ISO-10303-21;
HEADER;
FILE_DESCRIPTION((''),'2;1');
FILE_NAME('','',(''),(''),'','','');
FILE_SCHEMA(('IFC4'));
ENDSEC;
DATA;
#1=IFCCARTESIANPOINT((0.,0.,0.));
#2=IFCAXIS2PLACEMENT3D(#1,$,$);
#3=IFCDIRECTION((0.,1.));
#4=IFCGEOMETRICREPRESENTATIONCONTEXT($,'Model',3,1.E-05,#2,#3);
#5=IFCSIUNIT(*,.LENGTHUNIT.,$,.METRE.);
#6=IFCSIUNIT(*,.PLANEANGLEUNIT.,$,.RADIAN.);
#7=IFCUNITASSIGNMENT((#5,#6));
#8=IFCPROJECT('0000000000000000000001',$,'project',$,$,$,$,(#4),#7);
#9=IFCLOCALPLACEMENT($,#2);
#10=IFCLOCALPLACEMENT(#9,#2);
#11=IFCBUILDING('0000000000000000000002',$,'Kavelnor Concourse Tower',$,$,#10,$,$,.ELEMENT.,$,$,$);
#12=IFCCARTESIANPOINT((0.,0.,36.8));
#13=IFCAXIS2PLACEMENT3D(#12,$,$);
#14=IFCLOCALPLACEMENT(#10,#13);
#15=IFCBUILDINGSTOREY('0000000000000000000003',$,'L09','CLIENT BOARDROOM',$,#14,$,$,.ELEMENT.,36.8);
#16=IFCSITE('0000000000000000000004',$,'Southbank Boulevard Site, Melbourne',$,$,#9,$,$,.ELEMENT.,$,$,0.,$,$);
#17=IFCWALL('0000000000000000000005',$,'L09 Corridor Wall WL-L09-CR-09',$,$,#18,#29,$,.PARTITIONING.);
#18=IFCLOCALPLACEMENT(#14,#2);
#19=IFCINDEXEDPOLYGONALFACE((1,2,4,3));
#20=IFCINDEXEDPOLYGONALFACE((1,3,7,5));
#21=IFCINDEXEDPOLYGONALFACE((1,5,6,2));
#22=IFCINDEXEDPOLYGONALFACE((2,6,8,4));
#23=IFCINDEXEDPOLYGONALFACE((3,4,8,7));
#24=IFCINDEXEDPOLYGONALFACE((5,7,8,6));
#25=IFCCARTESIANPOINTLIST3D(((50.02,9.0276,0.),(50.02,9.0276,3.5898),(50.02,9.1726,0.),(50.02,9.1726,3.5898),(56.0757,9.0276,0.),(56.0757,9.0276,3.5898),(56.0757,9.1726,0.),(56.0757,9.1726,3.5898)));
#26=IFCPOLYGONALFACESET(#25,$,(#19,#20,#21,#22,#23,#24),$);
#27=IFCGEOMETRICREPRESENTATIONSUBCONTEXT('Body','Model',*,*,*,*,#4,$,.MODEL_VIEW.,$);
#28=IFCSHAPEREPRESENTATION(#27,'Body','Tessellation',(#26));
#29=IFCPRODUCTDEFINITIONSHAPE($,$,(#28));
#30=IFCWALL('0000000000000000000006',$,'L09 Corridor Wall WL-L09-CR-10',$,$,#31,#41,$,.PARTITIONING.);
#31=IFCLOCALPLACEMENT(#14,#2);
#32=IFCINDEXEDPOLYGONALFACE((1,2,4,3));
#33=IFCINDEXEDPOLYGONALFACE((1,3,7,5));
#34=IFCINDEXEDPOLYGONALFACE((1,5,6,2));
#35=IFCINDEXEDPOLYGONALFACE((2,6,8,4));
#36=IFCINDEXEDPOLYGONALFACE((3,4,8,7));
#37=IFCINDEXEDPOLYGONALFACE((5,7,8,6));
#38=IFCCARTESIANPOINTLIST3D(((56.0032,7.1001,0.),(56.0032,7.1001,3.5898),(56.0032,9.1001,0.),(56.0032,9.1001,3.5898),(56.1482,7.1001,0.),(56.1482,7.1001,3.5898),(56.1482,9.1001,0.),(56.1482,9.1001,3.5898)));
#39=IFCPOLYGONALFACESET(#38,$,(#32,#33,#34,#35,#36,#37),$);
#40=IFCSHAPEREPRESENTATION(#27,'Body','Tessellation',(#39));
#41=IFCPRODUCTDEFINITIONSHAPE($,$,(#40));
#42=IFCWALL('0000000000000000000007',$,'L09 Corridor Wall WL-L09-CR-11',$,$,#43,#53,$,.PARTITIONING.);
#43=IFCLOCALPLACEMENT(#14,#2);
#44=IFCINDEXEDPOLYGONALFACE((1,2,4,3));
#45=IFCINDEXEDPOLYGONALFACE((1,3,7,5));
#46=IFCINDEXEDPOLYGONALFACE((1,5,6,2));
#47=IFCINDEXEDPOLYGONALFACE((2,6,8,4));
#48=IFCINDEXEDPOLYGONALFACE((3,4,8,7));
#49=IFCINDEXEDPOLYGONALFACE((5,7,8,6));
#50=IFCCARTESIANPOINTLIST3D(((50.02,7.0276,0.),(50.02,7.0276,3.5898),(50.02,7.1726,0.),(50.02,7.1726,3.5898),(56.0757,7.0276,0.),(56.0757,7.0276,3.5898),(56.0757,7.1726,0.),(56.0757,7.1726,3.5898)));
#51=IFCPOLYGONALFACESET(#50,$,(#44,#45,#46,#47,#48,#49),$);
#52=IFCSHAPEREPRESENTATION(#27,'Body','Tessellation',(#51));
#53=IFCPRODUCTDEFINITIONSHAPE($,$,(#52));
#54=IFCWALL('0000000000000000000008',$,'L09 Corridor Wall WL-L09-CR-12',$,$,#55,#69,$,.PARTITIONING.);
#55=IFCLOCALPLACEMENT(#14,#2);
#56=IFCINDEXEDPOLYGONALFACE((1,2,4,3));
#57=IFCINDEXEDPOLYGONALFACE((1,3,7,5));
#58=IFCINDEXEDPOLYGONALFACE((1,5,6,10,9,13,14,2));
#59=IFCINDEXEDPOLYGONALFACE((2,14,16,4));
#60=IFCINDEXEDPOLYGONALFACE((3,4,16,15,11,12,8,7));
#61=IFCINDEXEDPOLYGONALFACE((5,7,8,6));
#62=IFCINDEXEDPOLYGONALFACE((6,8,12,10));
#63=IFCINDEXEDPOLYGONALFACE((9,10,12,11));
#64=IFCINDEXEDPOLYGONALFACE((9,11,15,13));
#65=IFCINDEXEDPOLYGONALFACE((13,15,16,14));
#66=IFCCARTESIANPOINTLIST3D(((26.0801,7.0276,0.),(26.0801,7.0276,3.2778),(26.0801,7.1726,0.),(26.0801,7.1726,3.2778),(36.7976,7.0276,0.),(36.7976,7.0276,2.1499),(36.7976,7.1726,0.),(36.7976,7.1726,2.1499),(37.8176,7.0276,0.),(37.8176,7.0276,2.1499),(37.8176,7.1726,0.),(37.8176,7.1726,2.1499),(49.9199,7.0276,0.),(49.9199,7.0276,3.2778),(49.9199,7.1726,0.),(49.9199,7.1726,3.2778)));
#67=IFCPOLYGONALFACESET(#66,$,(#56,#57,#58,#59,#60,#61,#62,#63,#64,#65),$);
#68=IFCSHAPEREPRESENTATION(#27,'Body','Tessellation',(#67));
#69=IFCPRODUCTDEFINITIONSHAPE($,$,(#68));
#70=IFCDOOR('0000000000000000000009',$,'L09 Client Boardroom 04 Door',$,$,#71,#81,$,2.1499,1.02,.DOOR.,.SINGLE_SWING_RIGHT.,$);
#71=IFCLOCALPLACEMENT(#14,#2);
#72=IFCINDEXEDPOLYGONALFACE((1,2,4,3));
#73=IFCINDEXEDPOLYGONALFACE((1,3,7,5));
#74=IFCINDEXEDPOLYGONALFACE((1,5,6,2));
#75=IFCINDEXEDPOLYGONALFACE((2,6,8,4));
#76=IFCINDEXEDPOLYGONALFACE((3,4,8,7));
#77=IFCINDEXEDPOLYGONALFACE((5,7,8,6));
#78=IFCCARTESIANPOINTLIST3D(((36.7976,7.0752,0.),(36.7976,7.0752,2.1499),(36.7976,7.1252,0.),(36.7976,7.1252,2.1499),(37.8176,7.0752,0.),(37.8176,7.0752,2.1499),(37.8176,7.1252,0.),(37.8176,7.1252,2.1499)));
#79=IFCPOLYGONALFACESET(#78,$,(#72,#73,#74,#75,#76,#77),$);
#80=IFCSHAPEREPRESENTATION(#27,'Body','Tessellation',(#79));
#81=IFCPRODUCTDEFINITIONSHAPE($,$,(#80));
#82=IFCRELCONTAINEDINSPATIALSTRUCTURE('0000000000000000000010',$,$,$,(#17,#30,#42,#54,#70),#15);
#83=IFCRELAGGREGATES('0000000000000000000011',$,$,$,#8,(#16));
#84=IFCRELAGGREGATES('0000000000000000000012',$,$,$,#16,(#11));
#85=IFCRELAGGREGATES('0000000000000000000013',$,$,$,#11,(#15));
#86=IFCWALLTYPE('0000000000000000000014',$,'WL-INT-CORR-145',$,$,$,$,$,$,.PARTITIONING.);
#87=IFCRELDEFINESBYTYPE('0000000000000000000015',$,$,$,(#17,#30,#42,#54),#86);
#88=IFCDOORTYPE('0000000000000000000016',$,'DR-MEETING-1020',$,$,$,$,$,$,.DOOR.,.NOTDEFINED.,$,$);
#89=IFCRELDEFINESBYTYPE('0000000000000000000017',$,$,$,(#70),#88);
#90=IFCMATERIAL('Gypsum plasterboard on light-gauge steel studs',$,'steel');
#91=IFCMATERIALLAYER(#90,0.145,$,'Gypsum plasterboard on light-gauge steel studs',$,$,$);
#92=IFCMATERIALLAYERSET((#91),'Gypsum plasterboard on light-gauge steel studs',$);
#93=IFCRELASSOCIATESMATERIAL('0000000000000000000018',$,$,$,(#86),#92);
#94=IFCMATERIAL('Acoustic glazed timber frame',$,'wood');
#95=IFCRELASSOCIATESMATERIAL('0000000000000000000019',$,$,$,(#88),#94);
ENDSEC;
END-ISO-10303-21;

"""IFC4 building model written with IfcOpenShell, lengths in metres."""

from ifc_helpers import new_model, si_unit, direction, frame, frame_2d, origin, place, context, subcontext, project, spatial, rectangle, extrude, material, layer, layer_set, type_object, element, fill, save


model = new_model("IFC4")

# Units and contexts
model_context = context("Model", 3, precision=1e-05, world=origin(), true_north=direction((0.0, 1.0)))
body_context = subcontext(model_context, "Body", "Model", "MODEL_VIEW")
ifc_project = project(units=[si_unit("LENGTHUNIT", "METRE"), si_unit("PLANEANGLEUNIT", "RADIAN")], contexts=[model_context])

# Site, building, storey
site_placement = place(None, origin())
site = spatial("IfcSite", under=ifc_project, at=site_placement, Name="Southbank Boulevard Site, Melbourne", CompositionType="ELEMENT", RefElevation=0.0)
building_placement = place(site_placement, origin())
building = spatial("IfcBuilding", under=site, at=building_placement, Name="Kavelnor Concourse Tower", CompositionType="ELEMENT")
storey_placement = place(building_placement, frame((0.0, 0.0, 36.8)))
storey = spatial("IfcBuildingStorey", under=building, at=storey_placement, Name="L09", Description="CLIENT BOARDROOM", CompositionType="ELEMENT", Elevation=36.8)

# Walls
ifc_material_1 = material(Name="Gypsum plasterboard on light-gauge steel studs", Category="steel")
ifc_layer_1 = layer(ifc_material_1, 0.145, Name="Gypsum plasterboard on light-gauge steel studs")
ifc_layer_set_1 = layer_set([ifc_layer_1], Name="Gypsum plasterboard on light-gauge steel studs")
wall_type_1 = type_object("IfcWallType", Name="WL-INT-CORR-145", PredefinedType="PARTITIONING", material=ifc_layer_set_1)
wall_1_placement = place(storey_placement, frame((50.02, 9.1001, 0.0), z_axis=(0.0, 0.0, 1.0), x_axis=(1.0, 0.0, 0.0)))
element("IfcWall", 1, at=wall_1_placement, inside=storey, type_object=wall_type_1, Name="L09 Corridor Wall WL-L09-CR-09", PredefinedType="PARTITIONING", context=body_context, shape_type="SweptSolid", body=[
    extrude(rectangle(XDim=6.0557, YDim=0.145, at=frame_2d((3.0278, 0.0))), origin(), (0.0, 0.0, 1.0), 3.5898),
])
wall_2_placement = place(storey_placement, frame((56.0757, 9.1001, 0.0), z_axis=(0.0, 0.0, 1.0), x_axis=(0.0, -1.0, 0.0)))
element("IfcWall", 2, at=wall_2_placement, inside=storey, type_object=wall_type_1, Name="L09 Corridor Wall WL-L09-CR-10", PredefinedType="PARTITIONING", context=body_context, shape_type="SweptSolid", body=[
    extrude(rectangle(XDim=2.0, YDim=0.145, at=frame_2d((1.0, 0.0))), origin(), (0.0, 0.0, 1.0), 3.5898),
])
wall_3_placement = place(storey_placement, frame((56.0757, 7.1001, 0.0), z_axis=(0.0, 0.0, 1.0), x_axis=(-1.0, 0.0, 0.0)))
element("IfcWall", 3, at=wall_3_placement, inside=storey, type_object=wall_type_1, Name="L09 Corridor Wall WL-L09-CR-11", PredefinedType="PARTITIONING", context=body_context, shape_type="SweptSolid", body=[
    extrude(rectangle(XDim=6.0557, YDim=0.145, at=frame_2d((3.0278, 0.0))), origin(), (0.0, 0.0, 1.0), 3.5898),
])

# Wall, opening, door
wall_4_placement = place(storey_placement, frame((49.9199, 7.1001, 0.0), z_axis=(0.0, 0.0, 1.0), x_axis=(-1.0, 0.0, 0.0)))
wall_4 = element("IfcWall", 4, at=wall_4_placement, inside=storey, type_object=wall_type_1, Name="L09 Corridor Wall WL-L09-CR-12", PredefinedType="PARTITIONING", context=body_context, shape_type="SweptSolid", body=[
    extrude(rectangle(XDim=23.8398, YDim=0.145, at=frame_2d((11.9199, 0.0))), origin(), (0.0, 0.0, 1.0), 3.2778),
])
opening_1_placement = place(wall_4_placement, frame((12.1023, 0.0, 0.0)))
opening_1 = element("IfcOpeningElement", 5, at=opening_1_placement, cuts=wall_4, PredefinedType="OPENING", context=body_context, shape_type="SweptSolid", body=[
    extrude(rectangle(XDim=1.02, YDim=2.1499, at=frame_2d((0.51, 1.075))), frame((0.0, 0.0825, 0.0), z_axis=(0.0, -1.0, 0.0), x_axis=(1.0, 0.0, 0.0)), (0.0, 0.0, 1.0), 0.165),
])
ifc_material_2 = material(Name="Acoustic glazed timber frame", Category="wood")
door_type = type_object("IfcDoorType", Name="DR-MEETING-1020", OperationType="NOTDEFINED", PredefinedType="DOOR", material=ifc_material_2)
door_placement = place(opening_1_placement, origin())
door = element("IfcDoor", 6, at=door_placement, inside=storey, type_object=door_type, Name="L09 Client Boardroom 04 Door", OperationType="SINGLE_SWING_RIGHT", OverallHeight=2.1499, OverallWidth=1.02, PredefinedType="DOOR", context=body_context, shape_type="SweptSolid", body=[
    extrude(rectangle(XDim=1.02, YDim=2.1499, at=frame_2d((0.51, 1.075))), frame((0.0, 0.0249, 0.0), z_axis=(0.0, -1.0, 0.0), x_axis=(1.0, 0.0, 0.0)), (0.0, 0.0, 1.0), 0.05),
])
fill(opening_1, door)

save(model, "model.ifc")
